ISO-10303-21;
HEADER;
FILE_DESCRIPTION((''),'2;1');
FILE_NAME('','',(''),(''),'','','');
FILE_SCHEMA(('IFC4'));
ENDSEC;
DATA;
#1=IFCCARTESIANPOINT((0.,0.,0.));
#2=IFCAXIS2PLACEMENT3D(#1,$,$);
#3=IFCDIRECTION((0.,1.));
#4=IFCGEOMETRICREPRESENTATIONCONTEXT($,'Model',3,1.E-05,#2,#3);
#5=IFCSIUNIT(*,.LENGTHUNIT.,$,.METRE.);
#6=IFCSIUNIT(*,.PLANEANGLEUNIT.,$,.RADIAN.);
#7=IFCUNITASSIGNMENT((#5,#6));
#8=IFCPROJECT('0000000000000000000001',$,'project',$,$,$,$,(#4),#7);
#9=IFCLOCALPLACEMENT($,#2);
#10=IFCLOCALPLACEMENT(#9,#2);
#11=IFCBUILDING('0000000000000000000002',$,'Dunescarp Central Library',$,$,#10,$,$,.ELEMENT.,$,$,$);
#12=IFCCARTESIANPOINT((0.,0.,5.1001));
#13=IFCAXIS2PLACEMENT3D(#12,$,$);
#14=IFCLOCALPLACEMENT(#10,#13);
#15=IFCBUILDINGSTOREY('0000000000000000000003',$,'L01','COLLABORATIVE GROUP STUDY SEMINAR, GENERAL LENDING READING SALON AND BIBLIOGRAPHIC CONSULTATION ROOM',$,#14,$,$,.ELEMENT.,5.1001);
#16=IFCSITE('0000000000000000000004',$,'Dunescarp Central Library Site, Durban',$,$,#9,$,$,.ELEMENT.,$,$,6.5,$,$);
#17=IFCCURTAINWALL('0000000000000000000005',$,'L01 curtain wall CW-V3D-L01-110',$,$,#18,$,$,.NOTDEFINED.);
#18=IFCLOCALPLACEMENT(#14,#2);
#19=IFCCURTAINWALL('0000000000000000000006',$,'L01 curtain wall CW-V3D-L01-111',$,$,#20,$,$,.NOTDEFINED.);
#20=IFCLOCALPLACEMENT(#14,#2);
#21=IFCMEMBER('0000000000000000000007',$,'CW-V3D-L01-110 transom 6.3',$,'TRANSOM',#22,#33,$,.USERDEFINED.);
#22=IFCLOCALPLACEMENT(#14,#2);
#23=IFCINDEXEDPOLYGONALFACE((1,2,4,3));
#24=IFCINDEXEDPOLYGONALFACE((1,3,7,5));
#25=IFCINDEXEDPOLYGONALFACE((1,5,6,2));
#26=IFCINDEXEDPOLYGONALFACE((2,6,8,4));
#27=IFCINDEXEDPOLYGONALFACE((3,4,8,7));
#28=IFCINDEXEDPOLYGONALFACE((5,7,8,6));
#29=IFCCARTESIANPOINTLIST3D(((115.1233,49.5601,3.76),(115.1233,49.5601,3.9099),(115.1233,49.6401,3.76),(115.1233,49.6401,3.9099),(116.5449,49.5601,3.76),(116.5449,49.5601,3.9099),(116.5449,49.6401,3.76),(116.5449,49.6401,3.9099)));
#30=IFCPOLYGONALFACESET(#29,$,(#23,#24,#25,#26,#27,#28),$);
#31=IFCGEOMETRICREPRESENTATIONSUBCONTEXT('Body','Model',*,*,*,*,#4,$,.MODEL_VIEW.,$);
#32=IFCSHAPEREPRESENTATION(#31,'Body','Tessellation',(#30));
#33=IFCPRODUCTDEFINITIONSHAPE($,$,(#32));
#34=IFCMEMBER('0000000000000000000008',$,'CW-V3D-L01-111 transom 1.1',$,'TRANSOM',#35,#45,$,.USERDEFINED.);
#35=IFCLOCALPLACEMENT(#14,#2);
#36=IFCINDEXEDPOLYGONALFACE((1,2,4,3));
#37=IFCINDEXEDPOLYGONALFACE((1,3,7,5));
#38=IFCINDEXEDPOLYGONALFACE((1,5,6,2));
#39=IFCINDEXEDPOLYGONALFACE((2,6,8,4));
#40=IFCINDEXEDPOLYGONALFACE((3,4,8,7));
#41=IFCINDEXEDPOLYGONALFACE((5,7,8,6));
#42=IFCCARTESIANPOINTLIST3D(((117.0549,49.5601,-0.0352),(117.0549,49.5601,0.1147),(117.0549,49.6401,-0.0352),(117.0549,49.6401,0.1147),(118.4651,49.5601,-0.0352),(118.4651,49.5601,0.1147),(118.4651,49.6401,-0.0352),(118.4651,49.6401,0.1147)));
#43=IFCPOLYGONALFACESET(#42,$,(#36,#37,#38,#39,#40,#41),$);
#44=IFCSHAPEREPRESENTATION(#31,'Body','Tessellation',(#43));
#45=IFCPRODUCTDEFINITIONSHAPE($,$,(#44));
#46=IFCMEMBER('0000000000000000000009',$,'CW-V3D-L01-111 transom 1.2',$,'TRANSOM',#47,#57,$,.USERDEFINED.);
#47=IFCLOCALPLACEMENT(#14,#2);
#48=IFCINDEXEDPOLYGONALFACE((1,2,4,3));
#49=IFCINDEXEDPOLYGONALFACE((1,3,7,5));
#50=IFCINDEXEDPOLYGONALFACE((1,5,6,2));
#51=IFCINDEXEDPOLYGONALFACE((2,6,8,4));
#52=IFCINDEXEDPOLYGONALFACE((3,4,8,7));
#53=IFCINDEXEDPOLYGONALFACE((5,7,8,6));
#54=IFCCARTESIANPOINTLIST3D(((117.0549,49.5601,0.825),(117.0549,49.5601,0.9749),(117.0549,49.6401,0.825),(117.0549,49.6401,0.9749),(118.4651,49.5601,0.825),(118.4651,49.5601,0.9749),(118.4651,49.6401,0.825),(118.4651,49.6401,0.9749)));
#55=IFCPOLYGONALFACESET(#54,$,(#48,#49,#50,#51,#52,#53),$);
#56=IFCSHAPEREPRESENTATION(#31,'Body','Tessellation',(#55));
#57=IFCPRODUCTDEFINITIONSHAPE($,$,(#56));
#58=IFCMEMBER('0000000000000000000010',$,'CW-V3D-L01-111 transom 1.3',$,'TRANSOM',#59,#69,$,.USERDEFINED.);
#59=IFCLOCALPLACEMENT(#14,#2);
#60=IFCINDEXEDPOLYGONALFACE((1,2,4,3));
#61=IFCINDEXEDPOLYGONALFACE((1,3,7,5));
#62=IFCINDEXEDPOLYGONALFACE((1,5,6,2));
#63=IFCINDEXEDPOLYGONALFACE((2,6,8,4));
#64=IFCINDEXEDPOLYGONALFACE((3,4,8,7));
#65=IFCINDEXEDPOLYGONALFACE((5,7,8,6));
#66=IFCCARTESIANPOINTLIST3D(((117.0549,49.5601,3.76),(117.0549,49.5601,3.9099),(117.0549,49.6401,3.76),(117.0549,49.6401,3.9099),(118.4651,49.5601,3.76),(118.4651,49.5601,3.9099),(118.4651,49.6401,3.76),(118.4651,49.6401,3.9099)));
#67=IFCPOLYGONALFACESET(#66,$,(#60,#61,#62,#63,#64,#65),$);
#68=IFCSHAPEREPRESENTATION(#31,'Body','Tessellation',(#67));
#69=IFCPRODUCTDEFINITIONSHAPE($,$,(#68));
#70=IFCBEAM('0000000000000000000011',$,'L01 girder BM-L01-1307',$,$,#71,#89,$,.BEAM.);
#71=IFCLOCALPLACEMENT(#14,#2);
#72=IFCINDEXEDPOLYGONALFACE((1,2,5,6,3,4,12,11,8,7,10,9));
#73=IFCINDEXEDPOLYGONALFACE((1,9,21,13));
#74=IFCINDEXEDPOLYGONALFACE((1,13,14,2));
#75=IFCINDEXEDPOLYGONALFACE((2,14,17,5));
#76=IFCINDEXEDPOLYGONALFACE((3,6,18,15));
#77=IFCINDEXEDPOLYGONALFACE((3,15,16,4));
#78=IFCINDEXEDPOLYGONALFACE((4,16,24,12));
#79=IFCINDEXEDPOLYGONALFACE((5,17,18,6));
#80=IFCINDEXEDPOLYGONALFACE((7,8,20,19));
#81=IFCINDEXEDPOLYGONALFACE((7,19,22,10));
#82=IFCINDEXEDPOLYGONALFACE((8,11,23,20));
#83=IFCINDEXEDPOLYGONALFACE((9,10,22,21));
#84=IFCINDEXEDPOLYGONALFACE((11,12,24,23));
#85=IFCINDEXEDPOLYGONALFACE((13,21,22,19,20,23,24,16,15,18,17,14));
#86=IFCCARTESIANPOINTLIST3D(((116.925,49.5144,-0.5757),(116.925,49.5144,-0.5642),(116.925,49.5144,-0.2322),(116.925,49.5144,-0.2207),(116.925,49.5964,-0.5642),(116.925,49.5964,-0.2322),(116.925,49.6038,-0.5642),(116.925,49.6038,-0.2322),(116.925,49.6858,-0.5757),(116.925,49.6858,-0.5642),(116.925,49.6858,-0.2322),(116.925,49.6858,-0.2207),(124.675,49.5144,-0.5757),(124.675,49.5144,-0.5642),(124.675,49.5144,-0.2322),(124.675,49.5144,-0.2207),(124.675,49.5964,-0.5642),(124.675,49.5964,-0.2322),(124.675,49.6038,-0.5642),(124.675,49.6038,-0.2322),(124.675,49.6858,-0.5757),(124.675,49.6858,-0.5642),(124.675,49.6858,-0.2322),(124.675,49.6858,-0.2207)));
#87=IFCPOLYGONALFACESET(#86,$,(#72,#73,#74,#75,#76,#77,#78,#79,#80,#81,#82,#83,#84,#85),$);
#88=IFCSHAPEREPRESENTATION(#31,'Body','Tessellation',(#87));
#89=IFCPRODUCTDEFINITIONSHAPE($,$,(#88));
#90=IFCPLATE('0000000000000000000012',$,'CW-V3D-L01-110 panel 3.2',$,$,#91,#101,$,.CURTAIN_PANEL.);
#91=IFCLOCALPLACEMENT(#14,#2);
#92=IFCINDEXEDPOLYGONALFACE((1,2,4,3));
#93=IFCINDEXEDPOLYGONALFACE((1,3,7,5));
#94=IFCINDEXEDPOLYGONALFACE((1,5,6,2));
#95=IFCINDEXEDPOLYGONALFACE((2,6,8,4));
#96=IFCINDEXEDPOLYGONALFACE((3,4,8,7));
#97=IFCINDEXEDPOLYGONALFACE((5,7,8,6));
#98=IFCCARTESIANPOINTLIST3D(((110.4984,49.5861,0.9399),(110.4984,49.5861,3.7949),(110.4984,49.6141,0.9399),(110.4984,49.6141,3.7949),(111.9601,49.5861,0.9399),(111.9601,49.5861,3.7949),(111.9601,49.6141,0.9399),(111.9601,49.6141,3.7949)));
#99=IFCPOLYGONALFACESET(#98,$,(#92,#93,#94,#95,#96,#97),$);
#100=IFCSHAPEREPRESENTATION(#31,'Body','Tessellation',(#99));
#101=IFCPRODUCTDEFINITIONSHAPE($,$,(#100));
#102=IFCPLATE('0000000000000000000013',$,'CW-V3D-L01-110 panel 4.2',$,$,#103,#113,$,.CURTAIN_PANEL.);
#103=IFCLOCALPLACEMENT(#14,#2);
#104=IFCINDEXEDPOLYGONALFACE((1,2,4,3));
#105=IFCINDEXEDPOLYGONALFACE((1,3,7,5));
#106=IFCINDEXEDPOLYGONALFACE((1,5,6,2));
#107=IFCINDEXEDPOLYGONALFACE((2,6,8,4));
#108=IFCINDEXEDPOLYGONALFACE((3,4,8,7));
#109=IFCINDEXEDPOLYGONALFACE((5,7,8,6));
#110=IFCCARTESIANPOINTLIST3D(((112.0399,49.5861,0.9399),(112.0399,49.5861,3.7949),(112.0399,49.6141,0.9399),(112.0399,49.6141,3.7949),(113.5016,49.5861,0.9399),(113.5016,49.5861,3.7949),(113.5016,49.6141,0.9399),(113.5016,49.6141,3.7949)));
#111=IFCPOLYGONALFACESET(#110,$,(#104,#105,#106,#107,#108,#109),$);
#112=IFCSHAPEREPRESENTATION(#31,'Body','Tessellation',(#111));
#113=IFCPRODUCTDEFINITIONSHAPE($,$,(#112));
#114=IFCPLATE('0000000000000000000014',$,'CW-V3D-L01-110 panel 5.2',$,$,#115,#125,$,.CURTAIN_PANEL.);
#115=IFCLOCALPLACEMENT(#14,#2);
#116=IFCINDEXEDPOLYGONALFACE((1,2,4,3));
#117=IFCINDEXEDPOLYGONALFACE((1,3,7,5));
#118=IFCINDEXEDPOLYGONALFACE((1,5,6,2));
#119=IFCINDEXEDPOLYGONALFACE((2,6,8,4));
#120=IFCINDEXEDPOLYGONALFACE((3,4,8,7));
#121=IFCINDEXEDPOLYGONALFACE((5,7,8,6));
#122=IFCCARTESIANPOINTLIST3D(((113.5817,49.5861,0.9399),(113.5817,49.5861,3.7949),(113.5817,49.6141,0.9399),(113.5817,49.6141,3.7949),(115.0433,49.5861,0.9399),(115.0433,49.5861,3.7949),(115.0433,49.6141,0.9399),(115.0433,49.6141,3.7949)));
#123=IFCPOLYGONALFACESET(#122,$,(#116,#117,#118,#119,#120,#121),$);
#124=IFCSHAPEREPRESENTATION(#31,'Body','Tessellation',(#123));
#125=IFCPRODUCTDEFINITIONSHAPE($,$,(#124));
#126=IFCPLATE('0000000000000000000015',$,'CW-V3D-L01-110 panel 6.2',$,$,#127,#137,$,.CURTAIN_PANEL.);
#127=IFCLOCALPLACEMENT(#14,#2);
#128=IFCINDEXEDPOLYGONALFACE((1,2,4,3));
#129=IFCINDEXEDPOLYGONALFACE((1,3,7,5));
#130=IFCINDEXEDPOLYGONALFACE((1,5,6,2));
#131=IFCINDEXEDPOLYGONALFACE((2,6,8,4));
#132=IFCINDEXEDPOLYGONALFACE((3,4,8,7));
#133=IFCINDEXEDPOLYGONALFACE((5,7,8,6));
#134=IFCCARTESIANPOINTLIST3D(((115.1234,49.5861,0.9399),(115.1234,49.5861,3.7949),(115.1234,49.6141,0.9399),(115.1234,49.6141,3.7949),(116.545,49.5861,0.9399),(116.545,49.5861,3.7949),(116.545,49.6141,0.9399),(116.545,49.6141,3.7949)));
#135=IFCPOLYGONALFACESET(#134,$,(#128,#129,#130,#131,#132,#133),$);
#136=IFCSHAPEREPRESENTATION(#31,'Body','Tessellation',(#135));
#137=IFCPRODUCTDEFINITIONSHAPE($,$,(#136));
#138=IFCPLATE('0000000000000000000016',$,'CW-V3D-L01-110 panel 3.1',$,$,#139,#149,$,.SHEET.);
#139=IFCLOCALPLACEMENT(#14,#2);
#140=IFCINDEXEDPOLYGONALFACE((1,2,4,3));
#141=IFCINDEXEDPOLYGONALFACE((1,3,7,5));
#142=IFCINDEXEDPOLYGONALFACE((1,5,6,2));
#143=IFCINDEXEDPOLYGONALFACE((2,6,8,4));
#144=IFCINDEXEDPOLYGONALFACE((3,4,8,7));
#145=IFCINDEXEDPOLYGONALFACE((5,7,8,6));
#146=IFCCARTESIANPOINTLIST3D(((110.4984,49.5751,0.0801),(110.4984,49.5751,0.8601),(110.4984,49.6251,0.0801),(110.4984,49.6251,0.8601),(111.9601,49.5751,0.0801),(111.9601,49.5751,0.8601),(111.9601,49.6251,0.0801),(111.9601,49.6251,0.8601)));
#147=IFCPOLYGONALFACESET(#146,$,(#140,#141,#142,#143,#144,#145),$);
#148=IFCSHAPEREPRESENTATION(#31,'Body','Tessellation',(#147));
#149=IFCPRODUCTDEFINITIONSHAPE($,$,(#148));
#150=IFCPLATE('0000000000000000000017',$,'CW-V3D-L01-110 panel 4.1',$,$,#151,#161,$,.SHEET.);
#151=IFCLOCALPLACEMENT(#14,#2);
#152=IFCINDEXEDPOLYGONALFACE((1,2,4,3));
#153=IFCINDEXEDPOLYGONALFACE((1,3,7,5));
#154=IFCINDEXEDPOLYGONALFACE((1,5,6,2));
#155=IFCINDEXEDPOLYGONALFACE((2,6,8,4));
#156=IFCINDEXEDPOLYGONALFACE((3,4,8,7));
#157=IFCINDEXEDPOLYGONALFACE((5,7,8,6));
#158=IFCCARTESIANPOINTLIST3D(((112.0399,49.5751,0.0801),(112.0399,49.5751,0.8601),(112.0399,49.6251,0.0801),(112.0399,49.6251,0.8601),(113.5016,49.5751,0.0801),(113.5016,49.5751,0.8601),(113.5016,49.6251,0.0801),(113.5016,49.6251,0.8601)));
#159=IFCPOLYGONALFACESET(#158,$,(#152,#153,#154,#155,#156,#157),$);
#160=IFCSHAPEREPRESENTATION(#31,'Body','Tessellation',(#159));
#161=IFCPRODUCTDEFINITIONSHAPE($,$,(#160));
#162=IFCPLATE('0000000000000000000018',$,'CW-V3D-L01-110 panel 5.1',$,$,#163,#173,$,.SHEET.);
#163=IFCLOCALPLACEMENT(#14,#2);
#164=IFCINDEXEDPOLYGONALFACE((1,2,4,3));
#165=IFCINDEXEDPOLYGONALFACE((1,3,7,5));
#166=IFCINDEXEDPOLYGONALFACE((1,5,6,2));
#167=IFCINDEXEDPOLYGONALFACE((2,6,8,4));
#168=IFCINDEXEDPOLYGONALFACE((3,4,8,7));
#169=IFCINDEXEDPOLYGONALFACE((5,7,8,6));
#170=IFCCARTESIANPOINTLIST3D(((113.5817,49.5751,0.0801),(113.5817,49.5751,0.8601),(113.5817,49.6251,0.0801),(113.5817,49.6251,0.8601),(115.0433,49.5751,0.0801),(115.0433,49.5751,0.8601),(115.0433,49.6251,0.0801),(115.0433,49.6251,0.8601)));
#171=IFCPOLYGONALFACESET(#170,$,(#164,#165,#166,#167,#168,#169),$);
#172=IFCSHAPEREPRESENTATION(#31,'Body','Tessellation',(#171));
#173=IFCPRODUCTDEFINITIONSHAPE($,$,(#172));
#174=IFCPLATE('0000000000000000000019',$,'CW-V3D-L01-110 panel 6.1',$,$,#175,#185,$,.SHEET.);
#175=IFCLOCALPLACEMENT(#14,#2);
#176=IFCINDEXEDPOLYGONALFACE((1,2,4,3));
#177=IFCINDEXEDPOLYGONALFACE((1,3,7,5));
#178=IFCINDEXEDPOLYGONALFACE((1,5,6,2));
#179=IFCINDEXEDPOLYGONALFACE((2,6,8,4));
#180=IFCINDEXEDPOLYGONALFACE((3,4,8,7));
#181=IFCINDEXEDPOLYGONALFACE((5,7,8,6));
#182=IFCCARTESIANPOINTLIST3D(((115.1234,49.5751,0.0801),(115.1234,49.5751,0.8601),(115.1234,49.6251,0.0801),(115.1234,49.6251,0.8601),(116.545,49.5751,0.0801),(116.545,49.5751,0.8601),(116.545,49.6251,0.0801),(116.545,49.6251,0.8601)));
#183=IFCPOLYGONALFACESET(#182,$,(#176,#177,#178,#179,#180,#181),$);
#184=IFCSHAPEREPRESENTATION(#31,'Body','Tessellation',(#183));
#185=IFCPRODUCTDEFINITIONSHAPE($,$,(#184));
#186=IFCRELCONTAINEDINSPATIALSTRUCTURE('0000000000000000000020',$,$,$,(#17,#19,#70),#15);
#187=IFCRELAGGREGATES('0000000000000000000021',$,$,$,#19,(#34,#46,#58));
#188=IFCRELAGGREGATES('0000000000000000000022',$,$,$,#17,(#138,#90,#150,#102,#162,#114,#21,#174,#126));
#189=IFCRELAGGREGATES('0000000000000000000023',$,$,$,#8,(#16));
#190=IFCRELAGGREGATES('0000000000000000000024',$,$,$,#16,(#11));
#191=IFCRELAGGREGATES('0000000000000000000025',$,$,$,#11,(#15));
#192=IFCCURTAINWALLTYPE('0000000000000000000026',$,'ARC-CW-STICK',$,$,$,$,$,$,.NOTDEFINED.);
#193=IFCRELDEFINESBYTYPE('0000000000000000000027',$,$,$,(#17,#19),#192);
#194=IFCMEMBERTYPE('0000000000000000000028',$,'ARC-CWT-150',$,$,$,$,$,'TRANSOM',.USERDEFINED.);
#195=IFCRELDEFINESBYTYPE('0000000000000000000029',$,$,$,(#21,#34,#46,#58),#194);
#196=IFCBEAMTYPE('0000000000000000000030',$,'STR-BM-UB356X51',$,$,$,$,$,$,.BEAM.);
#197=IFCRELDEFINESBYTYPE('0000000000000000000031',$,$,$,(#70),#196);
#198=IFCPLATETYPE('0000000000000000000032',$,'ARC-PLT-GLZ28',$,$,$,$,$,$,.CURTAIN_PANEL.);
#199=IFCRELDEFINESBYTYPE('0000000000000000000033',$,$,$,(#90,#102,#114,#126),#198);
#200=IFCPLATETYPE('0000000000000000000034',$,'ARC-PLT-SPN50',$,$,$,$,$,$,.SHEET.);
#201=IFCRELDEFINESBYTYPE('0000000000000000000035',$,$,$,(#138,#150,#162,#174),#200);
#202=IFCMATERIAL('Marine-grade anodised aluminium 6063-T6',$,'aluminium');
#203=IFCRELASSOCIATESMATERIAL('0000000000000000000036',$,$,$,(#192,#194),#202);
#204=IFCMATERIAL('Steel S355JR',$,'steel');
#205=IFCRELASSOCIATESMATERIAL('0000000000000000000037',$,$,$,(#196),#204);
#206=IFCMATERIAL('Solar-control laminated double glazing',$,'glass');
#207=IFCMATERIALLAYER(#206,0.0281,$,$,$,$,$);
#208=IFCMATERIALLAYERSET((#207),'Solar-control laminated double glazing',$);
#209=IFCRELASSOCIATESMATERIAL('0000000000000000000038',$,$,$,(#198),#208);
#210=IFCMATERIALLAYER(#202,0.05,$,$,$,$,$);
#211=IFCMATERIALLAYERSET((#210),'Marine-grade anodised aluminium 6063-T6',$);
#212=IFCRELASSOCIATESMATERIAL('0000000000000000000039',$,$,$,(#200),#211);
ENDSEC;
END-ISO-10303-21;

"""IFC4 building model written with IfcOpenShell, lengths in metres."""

from ifc_helpers import new_model, si_unit, direction, frame, origin, origin_2d, place, context, subcontext, project, spatial, rectangle, i_section, extrude, material, layer, layer_set, material_profile, profile_set, type_object, element, aggregate, save


model = new_model("IFC4")

# Units and contexts
model_context = context("Model", 3, precision=1e-05, world=origin(), true_north=direction((0.0, 1.0)))
body_context = subcontext(model_context, "Body", "Model", "MODEL_VIEW")
ifc_project = project(units=[si_unit("LENGTHUNIT", "METRE"), si_unit("PLANEANGLEUNIT", "RADIAN")], contexts=[model_context])

# Site, building, storey
site_placement = place(None, origin())
site = spatial("IfcSite", under=ifc_project, at=site_placement, Name="Dunescarp Central Library Site, Durban", CompositionType="ELEMENT", RefElevation=6.5)
building_placement = place(site_placement, origin())
building = spatial("IfcBuilding", under=site, at=building_placement, Name="Dunescarp Central Library", CompositionType="ELEMENT")
storey_placement = place(building_placement, frame((0.0, 0.0, 5.1001)))
storey = spatial("IfcBuildingStorey", under=building, at=storey_placement, Name="L01", Description="COLLABORATIVE GROUP STUDY SEMINAR, GENERAL LENDING READING SALON AND BIBLIOGRAPHIC CONSULTATION ROOM", CompositionType="ELEMENT", Elevation=5.1001)

# Shared definitions
ifc_material_1 = material(Name="Steel S355JR", Category="steel")

# Curtain wall
ifc_material_2 = material(Name="Marine-grade anodised aluminium 6063-T6", Category="aluminium")
curtain_wall_type = type_object("IfcCurtainWallType", Name="ARC-CW-STICK", PredefinedType="NOTDEFINED", material=ifc_material_2)
curtain_wall_1_placement = place(storey_placement, origin())
curtain_wall_1 = element("IfcCurtainWall", 1, at=curtain_wall_1_placement, inside=storey, type_object=curtain_wall_type, Name="L01 curtain wall CW-V3D-L01-110", PredefinedType="NOTDEFINED")

# Curtain wall
curtain_wall_2_placement = place(storey_placement, origin())
curtain_wall_2 = element("IfcCurtainWall", 2, at=curtain_wall_2_placement, inside=storey, type_object=curtain_wall_type, Name="L01 curtain wall CW-V3D-L01-111", PredefinedType="NOTDEFINED")

# Members
ifc_material_profile_1 = material_profile(ifc_material_2, rectangle(XDim=0.0801, YDim=0.1499, at=origin_2d()), Name="AL 80x150")
ifc_profile_set_1 = profile_set([ifc_material_profile_1], Name="Marine-grade anodised aluminium 6063-T6")
member_type_1 = type_object("IfcMemberType", Name="ARC-CWT-150", ElementType="TRANSOM", PredefinedType="USERDEFINED", material=ifc_profile_set_1)
member_1_placement = place(storey_placement, frame((115.1233, 49.6001, 3.835), z_axis=(1.0, 0.0, 0.0), x_axis=(0.0, 1.0, 0.0)))
member_1 = element("IfcMember", 3, at=member_1_placement, type_object=member_type_1, Name="CW-V3D-L01-110 transom 6.3", ObjectType="TRANSOM", PredefinedType="USERDEFINED", context=body_context, shape_type="SweptSolid", body=[
    extrude(rectangle(XDim=0.0801, YDim=0.1499, at=origin_2d()), origin(), (0.0, 0.0, 1.0), 1.4216),
])
member_2_placement = place(storey_placement, frame((117.0549, 49.6001, 0.0398), z_axis=(1.0, 0.0, 0.0), x_axis=(0.0, 1.0, 0.0)))
member_2 = element("IfcMember", 4, at=member_2_placement, type_object=member_type_1, Name="CW-V3D-L01-111 transom 1.1", ObjectType="TRANSOM", PredefinedType="USERDEFINED", context=body_context, shape_type="SweptSolid", body=[
    extrude(rectangle(XDim=0.0801, YDim=0.1499, at=origin_2d()), origin(), (0.0, 0.0, 1.0), 1.4102),
])
member_3_placement = place(storey_placement, frame((117.0549, 49.6001, 0.8999), z_axis=(1.0, 0.0, 0.0), x_axis=(0.0, 1.0, 0.0)))
member_3 = element("IfcMember", 5, at=member_3_placement, type_object=member_type_1, Name="CW-V3D-L01-111 transom 1.2", ObjectType="TRANSOM", PredefinedType="USERDEFINED", context=body_context, shape_type="SweptSolid", body=[
    extrude(rectangle(XDim=0.0801, YDim=0.1499, at=origin_2d()), origin(), (0.0, 0.0, 1.0), 1.4102),
])
member_4_placement = place(storey_placement, frame((117.0549, 49.6001, 3.835), z_axis=(1.0, 0.0, 0.0), x_axis=(0.0, 1.0, 0.0)))
member_4 = element("IfcMember", 6, at=member_4_placement, type_object=member_type_1, Name="CW-V3D-L01-111 transom 1.3", ObjectType="TRANSOM", PredefinedType="USERDEFINED", context=body_context, shape_type="SweptSolid", body=[
    extrude(rectangle(XDim=0.0801, YDim=0.1499, at=origin_2d()), origin(), (0.0, 0.0, 1.0), 1.4102),
])
aggregate(curtain_wall_2, [member_2, member_3, member_4])

# Beam
ifc_material_profile_2 = material_profile(ifc_material_1, i_section(OverallWidth=0.1714, OverallDepth=0.355, WebThickness=0.0073, FlangeThickness=0.0115, at=origin_2d()), Name="UB 356x171x51")
ifc_profile_set_2 = profile_set([ifc_material_profile_2], Name="Steel S355JR")
beam_type = type_object("IfcBeamType", Name="STR-BM-UB356X51", PredefinedType="BEAM", material=ifc_profile_set_2)
beam_placement = place(storey_placement, frame((116.925, 49.6001, -0.3982), z_axis=(1.0, 0.0, 0.0), x_axis=(0.0, 1.0, 0.0)))
element("IfcBeam", 7, at=beam_placement, inside=storey, type_object=beam_type, Name="L01 girder BM-L01-1307", PredefinedType="BEAM", context=body_context, shape_type="SweptSolid", body=[
    extrude(i_section(OverallWidth=0.1714, OverallDepth=0.355, WebThickness=0.0073, FlangeThickness=0.0115, at=origin_2d()), origin(), (0.0, 0.0, 1.0), 7.75),
])

# Plates
ifc_material_3 = material(Name="Solar-control laminated double glazing", Category="glass")
ifc_layer_1 = layer(ifc_material_3, 0.0281)
ifc_layer_set_1 = layer_set([ifc_layer_1], Name="Solar-control laminated double glazing")
plate_type_1 = type_object("IfcPlateType", Name="ARC-PLT-GLZ28", PredefinedType="CURTAIN_PANEL", material=ifc_layer_set_1)
plate_1_placement = place(storey_placement, frame((111.2292, 49.6001, 0.9399), z_axis=(0.0, 0.0, 1.0), x_axis=(1.0, 0.0, 0.0)))
plate_1 = element("IfcPlate", 8, at=plate_1_placement, type_object=plate_type_1, Name="CW-V3D-L01-110 panel 3.2", PredefinedType="CURTAIN_PANEL", context=body_context, shape_type="SweptSolid", body=[
    extrude(rectangle(XDim=1.4617, YDim=0.0281, at=origin_2d()), origin(), (0.0, 0.0, 1.0), 2.855),
])
plate_2_placement = place(storey_placement, frame((112.7708, 49.6001, 0.9399), z_axis=(0.0, 0.0, 1.0), x_axis=(1.0, 0.0, 0.0)))
plate_2 = element("IfcPlate", 9, at=plate_2_placement, type_object=plate_type_1, Name="CW-V3D-L01-110 panel 4.2", PredefinedType="CURTAIN_PANEL", context=body_context, shape_type="SweptSolid", body=[
    extrude(rectangle(XDim=1.4617, YDim=0.0281, at=origin_2d()), origin(), (0.0, 0.0, 1.0), 2.855),
])
plate_3_placement = place(storey_placement, frame((114.3125, 49.6001, 0.9399), z_axis=(0.0, 0.0, 1.0), x_axis=(1.0, 0.0, 0.0)))
plate_3 = element("IfcPlate", 10, at=plate_3_placement, type_object=plate_type_1, Name="CW-V3D-L01-110 panel 5.2", PredefinedType="CURTAIN_PANEL", context=body_context, shape_type="SweptSolid", body=[
    extrude(rectangle(XDim=1.4617, YDim=0.0281, at=origin_2d()), origin(), (0.0, 0.0, 1.0), 2.855),
])
plate_4_placement = place(storey_placement, frame((115.8342, 49.6001, 0.9399), z_axis=(0.0, 0.0, 1.0), x_axis=(1.0, 0.0, 0.0)))
plate_4 = element("IfcPlate", 11, at=plate_4_placement, type_object=plate_type_1, Name="CW-V3D-L01-110 panel 6.2", PredefinedType="CURTAIN_PANEL", context=body_context, shape_type="SweptSolid", body=[
    extrude(rectangle(XDim=1.4216, YDim=0.0281, at=origin_2d()), origin(), (0.0, 0.0, 1.0), 2.855),
])
ifc_layer_2 = layer(ifc_material_2, 0.05)
ifc_layer_set_2 = layer_set([ifc_layer_2], Name="Marine-grade anodised aluminium 6063-T6")
plate_type_2 = type_object("IfcPlateType", Name="ARC-PLT-SPN50", PredefinedType="SHEET", material=ifc_layer_set_2)
plate_5_placement = place(storey_placement, frame((111.2292, 49.6001, 0.0801), z_axis=(0.0, 0.0, 1.0), x_axis=(1.0, 0.0, 0.0)))
plate_5 = element("IfcPlate", 12, at=plate_5_placement, type_object=plate_type_2, Name="CW-V3D-L01-110 panel 3.1", PredefinedType="SHEET", context=body_context, shape_type="SweptSolid", body=[
    extrude(rectangle(XDim=1.4617, YDim=0.05, at=origin_2d()), origin(), (0.0, 0.0, 1.0), 0.78),
])
plate_6_placement = place(storey_placement, frame((112.7708, 49.6001, 0.0801), z_axis=(0.0, 0.0, 1.0), x_axis=(1.0, 0.0, 0.0)))
plate_6 = element("IfcPlate", 13, at=plate_6_placement, type_object=plate_type_2, Name="CW-V3D-L01-110 panel 4.1", PredefinedType="SHEET", context=body_context, shape_type="SweptSolid", body=[
    extrude(rectangle(XDim=1.4617, YDim=0.05, at=origin_2d()), origin(), (0.0, 0.0, 1.0), 0.78),
])
plate_7_placement = place(storey_placement, frame((114.3125, 49.6001, 0.0801), z_axis=(0.0, 0.0, 1.0), x_axis=(1.0, 0.0, 0.0)))
plate_7 = element("IfcPlate", 14, at=plate_7_placement, type_object=plate_type_2, Name="CW-V3D-L01-110 panel 5.1", PredefinedType="SHEET", context=body_context, shape_type="SweptSolid", body=[
    extrude(rectangle(XDim=1.4617, YDim=0.05, at=origin_2d()), origin(), (0.0, 0.0, 1.0), 0.78),
])
plate_8_placement = place(storey_placement, frame((115.8342, 49.6001, 0.0801), z_axis=(0.0, 0.0, 1.0), x_axis=(1.0, 0.0, 0.0)))
plate_8 = element("IfcPlate", 15, at=plate_8_placement, type_object=plate_type_2, Name="CW-V3D-L01-110 panel 6.1", PredefinedType="SHEET", context=body_context, shape_type="SweptSolid", body=[
    extrude(rectangle(XDim=1.4216, YDim=0.05, at=origin_2d()), origin(), (0.0, 0.0, 1.0), 0.78),
])
aggregate(curtain_wall_1, [plate_5, plate_1, plate_6, plate_2, plate_7, plate_3, member_1, plate_8, plate_4])

save(model, "model.ifc")
